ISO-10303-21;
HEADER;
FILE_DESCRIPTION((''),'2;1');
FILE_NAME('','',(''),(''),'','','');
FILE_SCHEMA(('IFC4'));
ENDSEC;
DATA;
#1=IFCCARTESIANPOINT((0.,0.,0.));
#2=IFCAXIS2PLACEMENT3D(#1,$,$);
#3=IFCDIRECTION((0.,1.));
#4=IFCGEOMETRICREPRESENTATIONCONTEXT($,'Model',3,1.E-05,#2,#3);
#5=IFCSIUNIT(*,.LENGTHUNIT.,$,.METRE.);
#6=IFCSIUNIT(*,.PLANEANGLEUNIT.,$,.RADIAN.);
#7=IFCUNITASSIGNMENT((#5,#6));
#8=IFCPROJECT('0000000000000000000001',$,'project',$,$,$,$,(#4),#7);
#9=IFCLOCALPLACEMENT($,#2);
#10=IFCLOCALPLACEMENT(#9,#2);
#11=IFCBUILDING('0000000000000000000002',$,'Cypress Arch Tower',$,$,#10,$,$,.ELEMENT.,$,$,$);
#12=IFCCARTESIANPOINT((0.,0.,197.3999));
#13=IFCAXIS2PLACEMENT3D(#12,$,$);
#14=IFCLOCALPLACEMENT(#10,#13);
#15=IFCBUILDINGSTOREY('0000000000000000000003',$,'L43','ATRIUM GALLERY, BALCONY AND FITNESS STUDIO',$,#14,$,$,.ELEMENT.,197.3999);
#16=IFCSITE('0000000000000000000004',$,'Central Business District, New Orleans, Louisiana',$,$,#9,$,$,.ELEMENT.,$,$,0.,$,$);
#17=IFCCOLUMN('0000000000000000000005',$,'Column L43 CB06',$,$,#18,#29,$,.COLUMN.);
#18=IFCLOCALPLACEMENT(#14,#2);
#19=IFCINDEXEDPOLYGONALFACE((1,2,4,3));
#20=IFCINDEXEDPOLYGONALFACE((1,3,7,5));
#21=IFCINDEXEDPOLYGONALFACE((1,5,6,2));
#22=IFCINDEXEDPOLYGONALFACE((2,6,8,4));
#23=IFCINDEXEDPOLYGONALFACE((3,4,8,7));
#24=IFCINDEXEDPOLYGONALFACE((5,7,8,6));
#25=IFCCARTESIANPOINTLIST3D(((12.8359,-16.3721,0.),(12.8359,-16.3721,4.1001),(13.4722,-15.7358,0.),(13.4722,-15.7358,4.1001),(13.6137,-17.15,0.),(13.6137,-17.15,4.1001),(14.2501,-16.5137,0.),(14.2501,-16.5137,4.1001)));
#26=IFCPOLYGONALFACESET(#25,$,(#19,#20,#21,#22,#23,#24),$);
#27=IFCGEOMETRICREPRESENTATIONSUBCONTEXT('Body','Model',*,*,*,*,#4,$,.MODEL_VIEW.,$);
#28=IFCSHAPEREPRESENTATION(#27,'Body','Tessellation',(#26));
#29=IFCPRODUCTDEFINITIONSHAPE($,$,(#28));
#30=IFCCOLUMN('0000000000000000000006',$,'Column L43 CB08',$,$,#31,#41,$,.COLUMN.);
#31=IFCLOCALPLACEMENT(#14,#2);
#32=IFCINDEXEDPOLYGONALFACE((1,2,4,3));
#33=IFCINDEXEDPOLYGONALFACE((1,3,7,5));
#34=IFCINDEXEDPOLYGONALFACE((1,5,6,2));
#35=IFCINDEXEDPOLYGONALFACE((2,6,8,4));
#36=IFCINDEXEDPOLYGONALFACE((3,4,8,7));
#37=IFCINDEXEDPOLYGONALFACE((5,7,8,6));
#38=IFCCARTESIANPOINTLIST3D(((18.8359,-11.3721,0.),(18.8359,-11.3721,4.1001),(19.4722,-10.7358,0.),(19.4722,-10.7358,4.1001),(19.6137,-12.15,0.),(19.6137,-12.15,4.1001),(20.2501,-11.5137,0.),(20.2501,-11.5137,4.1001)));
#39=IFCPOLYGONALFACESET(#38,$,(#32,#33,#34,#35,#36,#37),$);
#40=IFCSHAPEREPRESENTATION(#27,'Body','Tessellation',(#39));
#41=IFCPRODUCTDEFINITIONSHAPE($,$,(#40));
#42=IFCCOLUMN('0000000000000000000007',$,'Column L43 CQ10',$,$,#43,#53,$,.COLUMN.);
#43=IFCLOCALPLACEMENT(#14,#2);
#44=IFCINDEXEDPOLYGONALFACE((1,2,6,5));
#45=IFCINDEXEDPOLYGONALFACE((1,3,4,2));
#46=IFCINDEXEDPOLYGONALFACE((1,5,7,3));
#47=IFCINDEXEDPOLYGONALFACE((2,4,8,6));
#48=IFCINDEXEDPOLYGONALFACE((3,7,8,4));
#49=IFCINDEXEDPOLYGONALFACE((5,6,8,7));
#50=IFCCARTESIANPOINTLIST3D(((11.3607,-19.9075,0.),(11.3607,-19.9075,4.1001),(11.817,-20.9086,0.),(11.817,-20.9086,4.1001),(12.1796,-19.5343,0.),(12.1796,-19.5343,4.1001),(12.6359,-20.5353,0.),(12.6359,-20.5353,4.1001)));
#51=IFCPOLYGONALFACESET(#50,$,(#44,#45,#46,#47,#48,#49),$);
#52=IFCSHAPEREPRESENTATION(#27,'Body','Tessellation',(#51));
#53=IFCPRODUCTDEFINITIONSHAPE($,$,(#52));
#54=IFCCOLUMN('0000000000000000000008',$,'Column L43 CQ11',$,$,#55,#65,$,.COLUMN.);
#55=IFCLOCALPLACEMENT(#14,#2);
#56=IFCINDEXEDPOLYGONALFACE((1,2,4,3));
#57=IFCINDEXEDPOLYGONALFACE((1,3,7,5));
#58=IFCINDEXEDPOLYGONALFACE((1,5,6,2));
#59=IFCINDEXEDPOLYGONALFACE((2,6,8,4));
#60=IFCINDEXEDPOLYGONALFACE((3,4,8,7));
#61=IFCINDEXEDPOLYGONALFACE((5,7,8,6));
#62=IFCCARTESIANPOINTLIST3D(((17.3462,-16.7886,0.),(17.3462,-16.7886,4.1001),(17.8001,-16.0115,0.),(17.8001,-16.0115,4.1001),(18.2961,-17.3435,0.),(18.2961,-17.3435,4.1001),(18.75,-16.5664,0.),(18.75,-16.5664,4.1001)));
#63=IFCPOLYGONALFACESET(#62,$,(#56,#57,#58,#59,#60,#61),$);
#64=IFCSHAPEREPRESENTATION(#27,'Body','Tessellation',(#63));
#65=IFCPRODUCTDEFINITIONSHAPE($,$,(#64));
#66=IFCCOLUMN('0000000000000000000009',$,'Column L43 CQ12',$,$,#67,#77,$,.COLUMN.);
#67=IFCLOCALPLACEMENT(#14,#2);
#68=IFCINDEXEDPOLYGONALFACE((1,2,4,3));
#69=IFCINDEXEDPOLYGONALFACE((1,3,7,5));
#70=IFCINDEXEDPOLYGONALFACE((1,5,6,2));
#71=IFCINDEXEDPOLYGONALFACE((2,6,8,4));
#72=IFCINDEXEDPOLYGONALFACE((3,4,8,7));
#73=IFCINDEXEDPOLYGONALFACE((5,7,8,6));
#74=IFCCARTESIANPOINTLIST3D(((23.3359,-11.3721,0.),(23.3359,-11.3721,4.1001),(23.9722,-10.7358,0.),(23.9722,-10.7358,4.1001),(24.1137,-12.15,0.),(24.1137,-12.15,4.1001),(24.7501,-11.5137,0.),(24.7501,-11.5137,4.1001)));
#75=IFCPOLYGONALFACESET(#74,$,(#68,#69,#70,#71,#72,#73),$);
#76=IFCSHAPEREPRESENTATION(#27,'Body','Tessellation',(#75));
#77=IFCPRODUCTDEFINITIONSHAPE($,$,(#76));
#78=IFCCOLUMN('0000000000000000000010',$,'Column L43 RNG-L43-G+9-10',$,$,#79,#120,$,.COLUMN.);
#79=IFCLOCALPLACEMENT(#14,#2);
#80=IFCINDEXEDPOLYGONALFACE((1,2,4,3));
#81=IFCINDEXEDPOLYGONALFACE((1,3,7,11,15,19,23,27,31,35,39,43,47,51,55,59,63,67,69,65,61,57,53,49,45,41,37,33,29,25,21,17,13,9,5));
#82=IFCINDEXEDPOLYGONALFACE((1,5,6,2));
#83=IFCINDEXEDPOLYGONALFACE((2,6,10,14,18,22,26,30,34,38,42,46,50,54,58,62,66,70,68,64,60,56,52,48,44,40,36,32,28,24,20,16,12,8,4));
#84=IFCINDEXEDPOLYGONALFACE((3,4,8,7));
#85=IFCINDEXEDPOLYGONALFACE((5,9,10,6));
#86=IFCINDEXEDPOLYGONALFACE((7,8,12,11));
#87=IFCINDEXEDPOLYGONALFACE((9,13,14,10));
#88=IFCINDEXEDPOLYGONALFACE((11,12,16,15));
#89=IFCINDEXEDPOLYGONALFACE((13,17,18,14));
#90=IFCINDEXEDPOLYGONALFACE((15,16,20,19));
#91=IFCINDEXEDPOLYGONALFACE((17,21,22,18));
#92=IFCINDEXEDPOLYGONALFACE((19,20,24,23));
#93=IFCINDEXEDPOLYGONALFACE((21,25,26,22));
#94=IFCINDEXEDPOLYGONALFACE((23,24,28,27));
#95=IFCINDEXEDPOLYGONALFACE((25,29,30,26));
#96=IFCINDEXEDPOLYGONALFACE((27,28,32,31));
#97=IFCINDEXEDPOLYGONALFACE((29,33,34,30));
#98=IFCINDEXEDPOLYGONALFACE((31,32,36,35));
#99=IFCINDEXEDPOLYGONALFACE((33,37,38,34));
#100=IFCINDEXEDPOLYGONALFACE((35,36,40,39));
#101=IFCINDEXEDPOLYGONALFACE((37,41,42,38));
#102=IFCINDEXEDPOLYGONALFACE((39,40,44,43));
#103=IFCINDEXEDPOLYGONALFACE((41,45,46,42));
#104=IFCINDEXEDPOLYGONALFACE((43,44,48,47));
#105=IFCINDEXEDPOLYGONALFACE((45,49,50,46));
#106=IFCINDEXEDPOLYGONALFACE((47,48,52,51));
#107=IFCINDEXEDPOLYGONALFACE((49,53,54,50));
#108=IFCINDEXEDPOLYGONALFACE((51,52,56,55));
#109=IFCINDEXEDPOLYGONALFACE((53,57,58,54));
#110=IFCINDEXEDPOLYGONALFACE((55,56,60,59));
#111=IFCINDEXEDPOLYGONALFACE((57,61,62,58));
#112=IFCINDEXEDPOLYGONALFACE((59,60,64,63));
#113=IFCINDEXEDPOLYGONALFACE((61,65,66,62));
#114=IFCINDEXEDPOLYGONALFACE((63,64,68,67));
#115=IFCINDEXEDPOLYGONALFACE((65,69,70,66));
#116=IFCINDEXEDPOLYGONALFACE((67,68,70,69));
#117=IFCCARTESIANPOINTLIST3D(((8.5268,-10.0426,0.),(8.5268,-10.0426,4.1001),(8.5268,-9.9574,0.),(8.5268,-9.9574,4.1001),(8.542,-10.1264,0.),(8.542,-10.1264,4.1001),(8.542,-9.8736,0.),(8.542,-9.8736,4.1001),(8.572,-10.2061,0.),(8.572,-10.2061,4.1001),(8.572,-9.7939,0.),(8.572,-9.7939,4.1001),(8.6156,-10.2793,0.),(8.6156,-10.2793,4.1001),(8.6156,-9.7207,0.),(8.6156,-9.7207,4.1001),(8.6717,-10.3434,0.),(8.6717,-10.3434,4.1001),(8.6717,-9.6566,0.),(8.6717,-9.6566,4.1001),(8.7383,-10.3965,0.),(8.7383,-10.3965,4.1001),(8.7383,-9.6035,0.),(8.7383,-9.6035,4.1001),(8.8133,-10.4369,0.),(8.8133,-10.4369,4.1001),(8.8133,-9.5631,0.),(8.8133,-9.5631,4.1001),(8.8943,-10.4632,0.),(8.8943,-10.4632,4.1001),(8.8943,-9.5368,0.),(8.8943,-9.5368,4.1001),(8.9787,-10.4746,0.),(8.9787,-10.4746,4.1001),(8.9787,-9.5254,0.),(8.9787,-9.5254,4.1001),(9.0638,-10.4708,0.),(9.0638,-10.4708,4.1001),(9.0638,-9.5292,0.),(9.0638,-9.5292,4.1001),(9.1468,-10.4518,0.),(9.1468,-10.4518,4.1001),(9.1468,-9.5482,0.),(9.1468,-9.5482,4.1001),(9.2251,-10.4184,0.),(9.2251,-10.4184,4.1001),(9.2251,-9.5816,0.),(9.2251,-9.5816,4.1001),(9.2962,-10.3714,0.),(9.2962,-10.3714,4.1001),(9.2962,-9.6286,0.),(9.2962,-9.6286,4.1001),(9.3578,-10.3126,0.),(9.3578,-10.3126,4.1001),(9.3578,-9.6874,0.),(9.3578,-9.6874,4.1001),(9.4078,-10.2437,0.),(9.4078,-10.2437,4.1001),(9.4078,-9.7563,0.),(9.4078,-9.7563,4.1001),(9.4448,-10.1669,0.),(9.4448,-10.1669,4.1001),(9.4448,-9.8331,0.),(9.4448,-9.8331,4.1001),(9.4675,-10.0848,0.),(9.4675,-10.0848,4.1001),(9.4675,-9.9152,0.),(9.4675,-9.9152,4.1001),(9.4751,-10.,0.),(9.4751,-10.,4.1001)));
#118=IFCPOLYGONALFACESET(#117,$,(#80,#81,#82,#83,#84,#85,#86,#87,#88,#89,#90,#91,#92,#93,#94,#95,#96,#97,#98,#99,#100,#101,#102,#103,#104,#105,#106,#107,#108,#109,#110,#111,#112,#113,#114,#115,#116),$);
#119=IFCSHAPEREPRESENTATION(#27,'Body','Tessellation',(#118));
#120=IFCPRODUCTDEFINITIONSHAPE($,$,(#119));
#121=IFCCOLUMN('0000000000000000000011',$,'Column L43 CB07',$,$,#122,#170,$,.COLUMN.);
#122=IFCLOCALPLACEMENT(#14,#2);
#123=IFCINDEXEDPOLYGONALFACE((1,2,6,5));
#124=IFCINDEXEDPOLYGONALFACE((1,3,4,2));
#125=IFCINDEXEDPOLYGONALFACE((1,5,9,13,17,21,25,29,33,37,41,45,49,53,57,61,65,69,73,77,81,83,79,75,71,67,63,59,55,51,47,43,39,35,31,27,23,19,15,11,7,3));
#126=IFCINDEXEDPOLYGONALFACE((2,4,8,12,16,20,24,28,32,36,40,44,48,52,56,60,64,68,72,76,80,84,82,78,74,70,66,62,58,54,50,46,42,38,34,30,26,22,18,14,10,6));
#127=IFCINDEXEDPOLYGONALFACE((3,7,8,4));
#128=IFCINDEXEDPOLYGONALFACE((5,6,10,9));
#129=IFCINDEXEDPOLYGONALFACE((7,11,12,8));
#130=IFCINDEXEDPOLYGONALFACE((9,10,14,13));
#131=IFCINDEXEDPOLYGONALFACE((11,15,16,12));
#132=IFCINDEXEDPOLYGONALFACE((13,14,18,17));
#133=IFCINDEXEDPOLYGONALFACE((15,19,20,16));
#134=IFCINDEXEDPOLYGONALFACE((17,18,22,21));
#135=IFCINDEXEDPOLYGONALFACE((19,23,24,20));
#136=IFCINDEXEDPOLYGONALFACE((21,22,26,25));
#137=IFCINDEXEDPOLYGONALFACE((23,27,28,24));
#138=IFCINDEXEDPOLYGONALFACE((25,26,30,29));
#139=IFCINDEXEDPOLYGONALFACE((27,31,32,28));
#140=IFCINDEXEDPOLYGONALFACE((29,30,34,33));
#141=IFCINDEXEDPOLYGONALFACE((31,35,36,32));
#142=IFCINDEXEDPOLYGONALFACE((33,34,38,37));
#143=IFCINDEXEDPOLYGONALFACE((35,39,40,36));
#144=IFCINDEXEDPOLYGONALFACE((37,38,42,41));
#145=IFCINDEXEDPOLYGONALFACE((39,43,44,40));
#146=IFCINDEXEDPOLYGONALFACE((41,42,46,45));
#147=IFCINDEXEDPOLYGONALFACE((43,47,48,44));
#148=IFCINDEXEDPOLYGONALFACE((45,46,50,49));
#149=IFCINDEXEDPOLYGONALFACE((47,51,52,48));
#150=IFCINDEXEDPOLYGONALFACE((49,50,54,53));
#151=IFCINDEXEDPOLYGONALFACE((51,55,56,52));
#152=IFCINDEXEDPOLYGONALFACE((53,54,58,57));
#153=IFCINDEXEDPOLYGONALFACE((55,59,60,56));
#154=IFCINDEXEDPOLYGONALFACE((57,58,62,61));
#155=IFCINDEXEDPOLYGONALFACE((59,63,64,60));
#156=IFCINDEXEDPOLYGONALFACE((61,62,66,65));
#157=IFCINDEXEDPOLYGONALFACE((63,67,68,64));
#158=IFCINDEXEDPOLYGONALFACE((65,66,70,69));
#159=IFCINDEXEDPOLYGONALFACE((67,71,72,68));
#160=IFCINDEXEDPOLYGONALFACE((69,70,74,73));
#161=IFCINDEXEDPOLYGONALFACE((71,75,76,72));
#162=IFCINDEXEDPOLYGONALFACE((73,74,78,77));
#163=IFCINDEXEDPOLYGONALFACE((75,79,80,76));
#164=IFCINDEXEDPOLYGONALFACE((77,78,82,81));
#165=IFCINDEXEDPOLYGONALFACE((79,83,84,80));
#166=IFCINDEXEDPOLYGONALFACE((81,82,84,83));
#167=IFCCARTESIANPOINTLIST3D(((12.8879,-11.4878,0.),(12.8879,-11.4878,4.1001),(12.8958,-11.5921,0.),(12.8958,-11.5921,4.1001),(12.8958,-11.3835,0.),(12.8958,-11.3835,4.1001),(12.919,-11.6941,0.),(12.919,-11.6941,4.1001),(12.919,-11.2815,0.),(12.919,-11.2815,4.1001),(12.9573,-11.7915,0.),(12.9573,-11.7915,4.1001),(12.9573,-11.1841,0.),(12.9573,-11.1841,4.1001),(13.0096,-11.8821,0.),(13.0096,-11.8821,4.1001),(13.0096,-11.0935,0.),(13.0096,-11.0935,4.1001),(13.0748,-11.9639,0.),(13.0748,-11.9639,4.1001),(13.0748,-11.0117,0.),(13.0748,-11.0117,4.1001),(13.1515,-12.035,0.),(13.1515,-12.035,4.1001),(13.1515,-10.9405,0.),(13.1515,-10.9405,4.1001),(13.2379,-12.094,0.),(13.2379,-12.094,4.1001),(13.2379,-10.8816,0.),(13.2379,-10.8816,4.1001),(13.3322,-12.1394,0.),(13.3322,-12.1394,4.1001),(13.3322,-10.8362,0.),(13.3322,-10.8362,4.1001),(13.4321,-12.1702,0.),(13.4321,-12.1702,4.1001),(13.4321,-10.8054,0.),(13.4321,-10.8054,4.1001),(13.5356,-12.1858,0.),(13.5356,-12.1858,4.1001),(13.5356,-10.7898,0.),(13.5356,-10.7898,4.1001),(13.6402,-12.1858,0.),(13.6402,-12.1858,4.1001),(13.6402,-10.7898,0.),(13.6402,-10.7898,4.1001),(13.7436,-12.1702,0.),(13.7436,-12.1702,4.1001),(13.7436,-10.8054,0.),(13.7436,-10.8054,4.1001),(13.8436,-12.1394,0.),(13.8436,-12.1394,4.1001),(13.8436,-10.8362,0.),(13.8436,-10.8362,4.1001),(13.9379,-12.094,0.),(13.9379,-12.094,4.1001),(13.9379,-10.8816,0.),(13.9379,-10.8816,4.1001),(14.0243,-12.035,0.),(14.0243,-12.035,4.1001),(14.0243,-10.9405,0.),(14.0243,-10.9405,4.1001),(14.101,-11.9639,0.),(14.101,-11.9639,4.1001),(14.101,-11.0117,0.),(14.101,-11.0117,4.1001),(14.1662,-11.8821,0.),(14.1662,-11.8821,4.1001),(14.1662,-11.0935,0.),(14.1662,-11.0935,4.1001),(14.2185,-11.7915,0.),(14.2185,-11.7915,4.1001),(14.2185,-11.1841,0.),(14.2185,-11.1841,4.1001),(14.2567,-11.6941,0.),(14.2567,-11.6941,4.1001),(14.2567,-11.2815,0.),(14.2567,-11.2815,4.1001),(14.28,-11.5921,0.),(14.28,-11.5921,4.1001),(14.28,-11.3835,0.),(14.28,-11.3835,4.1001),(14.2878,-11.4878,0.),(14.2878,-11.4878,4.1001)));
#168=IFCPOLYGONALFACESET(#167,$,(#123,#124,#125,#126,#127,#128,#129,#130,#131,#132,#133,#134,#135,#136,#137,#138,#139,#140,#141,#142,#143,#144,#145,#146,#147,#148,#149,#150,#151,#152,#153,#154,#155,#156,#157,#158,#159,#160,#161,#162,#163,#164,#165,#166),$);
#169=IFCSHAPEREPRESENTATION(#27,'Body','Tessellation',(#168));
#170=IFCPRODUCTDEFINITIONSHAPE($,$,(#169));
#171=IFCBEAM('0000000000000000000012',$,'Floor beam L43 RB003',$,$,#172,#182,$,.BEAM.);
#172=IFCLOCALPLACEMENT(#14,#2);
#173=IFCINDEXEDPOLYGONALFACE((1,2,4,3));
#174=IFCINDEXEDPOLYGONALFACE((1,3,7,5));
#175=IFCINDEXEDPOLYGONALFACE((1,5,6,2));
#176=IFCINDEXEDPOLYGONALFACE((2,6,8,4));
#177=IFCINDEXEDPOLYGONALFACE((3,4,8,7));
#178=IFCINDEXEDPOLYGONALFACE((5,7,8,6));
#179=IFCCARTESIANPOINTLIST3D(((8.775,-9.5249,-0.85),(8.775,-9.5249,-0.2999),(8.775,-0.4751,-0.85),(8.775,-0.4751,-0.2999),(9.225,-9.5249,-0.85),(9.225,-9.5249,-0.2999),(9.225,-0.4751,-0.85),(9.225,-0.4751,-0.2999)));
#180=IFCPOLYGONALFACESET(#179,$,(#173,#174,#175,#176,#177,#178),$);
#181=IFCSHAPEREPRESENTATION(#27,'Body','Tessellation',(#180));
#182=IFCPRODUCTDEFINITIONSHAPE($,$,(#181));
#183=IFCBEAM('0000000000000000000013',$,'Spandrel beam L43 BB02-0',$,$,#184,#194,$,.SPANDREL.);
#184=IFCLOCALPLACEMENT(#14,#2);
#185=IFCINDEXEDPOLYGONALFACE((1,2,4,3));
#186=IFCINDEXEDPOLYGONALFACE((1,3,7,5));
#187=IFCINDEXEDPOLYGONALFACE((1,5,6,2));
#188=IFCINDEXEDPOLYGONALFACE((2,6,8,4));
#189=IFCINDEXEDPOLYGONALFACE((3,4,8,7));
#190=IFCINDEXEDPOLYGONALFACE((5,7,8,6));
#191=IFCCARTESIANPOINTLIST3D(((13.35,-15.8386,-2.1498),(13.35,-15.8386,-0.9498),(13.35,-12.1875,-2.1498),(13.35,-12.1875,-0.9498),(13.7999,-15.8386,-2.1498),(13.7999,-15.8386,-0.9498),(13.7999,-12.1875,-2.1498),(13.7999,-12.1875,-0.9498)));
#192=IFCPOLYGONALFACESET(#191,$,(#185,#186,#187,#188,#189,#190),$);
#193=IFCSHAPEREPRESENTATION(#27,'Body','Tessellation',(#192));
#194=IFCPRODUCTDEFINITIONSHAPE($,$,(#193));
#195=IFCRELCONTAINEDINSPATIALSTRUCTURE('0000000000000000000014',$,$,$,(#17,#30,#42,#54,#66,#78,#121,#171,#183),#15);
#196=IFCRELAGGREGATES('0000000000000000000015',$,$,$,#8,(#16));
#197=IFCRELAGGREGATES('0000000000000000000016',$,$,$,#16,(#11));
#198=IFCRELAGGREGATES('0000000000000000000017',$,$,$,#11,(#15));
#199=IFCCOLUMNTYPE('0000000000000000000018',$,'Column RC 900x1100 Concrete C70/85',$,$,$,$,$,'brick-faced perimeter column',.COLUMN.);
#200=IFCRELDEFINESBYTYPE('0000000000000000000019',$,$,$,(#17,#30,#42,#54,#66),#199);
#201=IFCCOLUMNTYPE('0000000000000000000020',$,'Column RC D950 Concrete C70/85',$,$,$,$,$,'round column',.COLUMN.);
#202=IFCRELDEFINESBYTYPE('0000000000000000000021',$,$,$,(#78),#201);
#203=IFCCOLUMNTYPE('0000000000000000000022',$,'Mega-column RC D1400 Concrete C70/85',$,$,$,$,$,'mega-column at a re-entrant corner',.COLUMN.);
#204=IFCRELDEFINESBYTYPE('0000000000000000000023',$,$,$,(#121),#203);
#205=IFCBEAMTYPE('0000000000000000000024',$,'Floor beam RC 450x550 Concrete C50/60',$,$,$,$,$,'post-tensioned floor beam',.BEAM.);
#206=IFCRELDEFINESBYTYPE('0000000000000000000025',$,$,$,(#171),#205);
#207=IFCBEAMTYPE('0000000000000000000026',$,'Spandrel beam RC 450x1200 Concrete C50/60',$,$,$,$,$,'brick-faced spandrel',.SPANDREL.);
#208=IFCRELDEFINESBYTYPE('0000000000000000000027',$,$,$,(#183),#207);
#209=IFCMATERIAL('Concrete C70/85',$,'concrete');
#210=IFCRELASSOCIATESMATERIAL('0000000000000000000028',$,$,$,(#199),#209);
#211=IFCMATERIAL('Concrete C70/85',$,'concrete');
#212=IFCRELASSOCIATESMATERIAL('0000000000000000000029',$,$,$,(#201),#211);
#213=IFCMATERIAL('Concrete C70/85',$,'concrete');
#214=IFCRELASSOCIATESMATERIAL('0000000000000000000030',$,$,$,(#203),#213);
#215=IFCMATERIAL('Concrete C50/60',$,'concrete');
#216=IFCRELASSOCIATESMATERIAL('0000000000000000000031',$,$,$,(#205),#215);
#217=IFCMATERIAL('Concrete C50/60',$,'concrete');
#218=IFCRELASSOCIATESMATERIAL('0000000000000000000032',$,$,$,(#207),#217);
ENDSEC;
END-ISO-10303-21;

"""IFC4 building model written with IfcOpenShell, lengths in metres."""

from ifc_helpers import new_model, si_unit, direction, frame, origin, origin_2d, place, context, subcontext, project, spatial, rectangle, circle, extrude, material, material_profile, profile_set, type_object, element, save


model = new_model("IFC4")

# Units and contexts
model_context = context("Model", 3, precision=1e-05, world=origin(), true_north=direction((0.0, 1.0)))
body_context = subcontext(model_context, "Body", "Model", "MODEL_VIEW")
ifc_project = project(units=[si_unit("LENGTHUNIT", "METRE"), si_unit("PLANEANGLEUNIT", "RADIAN")], contexts=[model_context])

# Site, building, storey
site_placement = place(None, origin())
site = spatial("IfcSite", under=ifc_project, at=site_placement, Name="Central Business District, New Orleans, Louisiana", CompositionType="ELEMENT", RefElevation=0.0)
building_placement = place(site_placement, origin())
building = spatial("IfcBuilding", under=site, at=building_placement, Name="Cypress Arch Tower", CompositionType="ELEMENT")
storey_placement = place(building_placement, frame((0.0, 0.0, 197.3999)))
storey = spatial("IfcBuildingStorey", under=building, at=storey_placement, Name="L43", Description="ATRIUM GALLERY, BALCONY AND FITNESS STUDIO", CompositionType="ELEMENT", Elevation=197.3999)

# Columns
ifc_material_1 = material(Name="Concrete C70/85", Category="concrete")
ifc_material_profile_1 = material_profile(ifc_material_1, rectangle(XDim=0.8999, YDim=1.1001, at=origin_2d()), Name="RC 900x1100")
ifc_profile_set_1 = profile_set([ifc_material_profile_1], Name="Concrete C70/85")
column_type_1 = type_object("IfcColumnType", Name="Column RC 900x1100 Concrete C70/85", ElementType="brick-faced perimeter column", PredefinedType="COLUMN", material=ifc_profile_set_1)
for number, where, z_axis, x_axis, name in (
    (1, (13.543, -16.4429, 0.0), (0.0, 0.0, 1.0), (0.707107, 0.707107, 0.0), "Column L43 CB06"),
    (2, (19.543, -11.4429, 0.0), (0.0, 0.0, 1.0), (0.707107, 0.707107, 0.0), "Column L43 CB08"),
    (3, (11.9983, -20.2214, 0.0), (0.0, 0.0, 1.0), (0.909932, 0.414757, 0.0), "Column L43 CQ10"),
    (4, (18.0481, -16.6775, 0.0), (0.0, 0.0, 1.0), (0.504399, 0.863471, 0.0), "Column L43 CQ11"),
    (5, (24.043, -11.4429, 0.0), (0.0, 0.0, 1.0), (0.707107, 0.707107, 0.0), "Column L43 CQ12"),
):
    element("IfcColumn", number, at=place(storey_placement, frame(where, z_axis=z_axis, x_axis=x_axis)), inside=storey, type_object=column_type_1, Name=name, PredefinedType="COLUMN", context=body_context, shape_type="SweptSolid", body=[
        extrude(rectangle(XDim=0.8999, YDim=1.1001, at=origin_2d()), origin(), (0.0, 0.0, 1.0), 4.1001),
    ])
ifc_material_2 = material(Name="Concrete C70/85", Category="concrete")
ifc_material_profile_2 = material_profile(ifc_material_2, circle(Radius=0.4751, at=origin_2d()), Name="RC D950")
ifc_profile_set_2 = profile_set([ifc_material_profile_2], Name="Concrete C70/85")
column_type_2 = type_object("IfcColumnType", Name="Column RC D950 Concrete C70/85", ElementType="round column", PredefinedType="COLUMN", material=ifc_profile_set_2)
column_1_placement = place(storey_placement, frame((9.0, -10.0, 0.0), z_axis=(0.0, 0.0, 1.0), x_axis=(1.0, 0.0, 0.0)))
element("IfcColumn", 6, at=column_1_placement, inside=storey, type_object=column_type_2, Name="Column L43 RNG-L43-G+9-10", PredefinedType="COLUMN", context=body_context, shape_type="SweptSolid", body=[
    extrude(circle(Radius=0.4751, at=origin_2d()), origin(), (0.0, 0.0, 1.0), 4.1001),
])
ifc_material_3 = material(Name="Concrete C70/85", Category="concrete")
ifc_material_profile_3 = material_profile(ifc_material_3, circle(Radius=0.7, at=origin_2d()), Name="RC D1400")
ifc_profile_set_3 = profile_set([ifc_material_profile_3], Name="Concrete C70/85")
column_type_3 = type_object("IfcColumnType", Name="Mega-column RC D1400 Concrete C70/85", ElementType="mega-column at a re-entrant corner", PredefinedType="COLUMN", material=ifc_profile_set_3)
column_2_placement = place(storey_placement, frame((13.5879, -11.4878, 0.0), z_axis=(0.0, 0.0, 1.0), x_axis=(1.0, 0.0, 0.0)))
element("IfcColumn", 7, at=column_2_placement, inside=storey, type_object=column_type_3, Name="Column L43 CB07", PredefinedType="COLUMN", context=body_context, shape_type="SweptSolid", body=[
    extrude(circle(Radius=0.7, at=origin_2d()), origin(), (0.0, 0.0, 1.0), 4.1001),
])

# Beams
ifc_material_4 = material(Name="Concrete C50/60", Category="concrete")
ifc_material_profile_4 = material_profile(ifc_material_4, rectangle(XDim=0.45, YDim=0.55, at=origin_2d()), Name="RC 450x550")
ifc_profile_set_4 = profile_set([ifc_material_profile_4], Name="Concrete C50/60")
beam_type_1 = type_object("IfcBeamType", Name="Floor beam RC 450x550 Concrete C50/60", ElementType="post-tensioned floor beam", PredefinedType="BEAM", material=ifc_profile_set_4)
beam_1_placement = place(storey_placement, frame((9.0, -9.5249, -0.575), z_axis=(0.0, 1.0, 0.0), x_axis=(-1.0, 0.0, 0.0)))
element("IfcBeam", 8, at=beam_1_placement, inside=storey, type_object=beam_type_1, Name="Floor beam L43 RB003", PredefinedType="BEAM", context=body_context, shape_type="SweptSolid", body=[
    extrude(rectangle(XDim=0.45, YDim=0.55, at=origin_2d()), origin(), (0.0, 0.0, 1.0), 9.0498),
])
ifc_material_5 = material(Name="Concrete C50/60", Category="concrete")
ifc_material_profile_5 = material_profile(ifc_material_5, rectangle(XDim=0.45, YDim=1.2, at=origin_2d()), Name="RC 450x1200")
ifc_profile_set_5 = profile_set([ifc_material_profile_5], Name="Concrete C50/60")
beam_type_2 = type_object("IfcBeamType", Name="Spandrel beam RC 450x1200 Concrete C50/60", ElementType="brick-faced spandrel", PredefinedType="SPANDREL", material=ifc_profile_set_5)
beam_2_placement = place(storey_placement, frame((13.575, -15.8386, -1.5498), z_axis=(0.0, 1.0, 0.0), x_axis=(-1.0, 0.0, 0.0)))
element("IfcBeam", 9, at=beam_2_placement, inside=storey, type_object=beam_type_2, Name="Spandrel beam L43 BB02-0", PredefinedType="SPANDREL", context=body_context, shape_type="SweptSolid", body=[
    extrude(rectangle(XDim=0.45, YDim=1.2, at=origin_2d()), origin(), (0.0, 0.0, 1.0), 3.6511),
])

save(model, "model.ifc")
